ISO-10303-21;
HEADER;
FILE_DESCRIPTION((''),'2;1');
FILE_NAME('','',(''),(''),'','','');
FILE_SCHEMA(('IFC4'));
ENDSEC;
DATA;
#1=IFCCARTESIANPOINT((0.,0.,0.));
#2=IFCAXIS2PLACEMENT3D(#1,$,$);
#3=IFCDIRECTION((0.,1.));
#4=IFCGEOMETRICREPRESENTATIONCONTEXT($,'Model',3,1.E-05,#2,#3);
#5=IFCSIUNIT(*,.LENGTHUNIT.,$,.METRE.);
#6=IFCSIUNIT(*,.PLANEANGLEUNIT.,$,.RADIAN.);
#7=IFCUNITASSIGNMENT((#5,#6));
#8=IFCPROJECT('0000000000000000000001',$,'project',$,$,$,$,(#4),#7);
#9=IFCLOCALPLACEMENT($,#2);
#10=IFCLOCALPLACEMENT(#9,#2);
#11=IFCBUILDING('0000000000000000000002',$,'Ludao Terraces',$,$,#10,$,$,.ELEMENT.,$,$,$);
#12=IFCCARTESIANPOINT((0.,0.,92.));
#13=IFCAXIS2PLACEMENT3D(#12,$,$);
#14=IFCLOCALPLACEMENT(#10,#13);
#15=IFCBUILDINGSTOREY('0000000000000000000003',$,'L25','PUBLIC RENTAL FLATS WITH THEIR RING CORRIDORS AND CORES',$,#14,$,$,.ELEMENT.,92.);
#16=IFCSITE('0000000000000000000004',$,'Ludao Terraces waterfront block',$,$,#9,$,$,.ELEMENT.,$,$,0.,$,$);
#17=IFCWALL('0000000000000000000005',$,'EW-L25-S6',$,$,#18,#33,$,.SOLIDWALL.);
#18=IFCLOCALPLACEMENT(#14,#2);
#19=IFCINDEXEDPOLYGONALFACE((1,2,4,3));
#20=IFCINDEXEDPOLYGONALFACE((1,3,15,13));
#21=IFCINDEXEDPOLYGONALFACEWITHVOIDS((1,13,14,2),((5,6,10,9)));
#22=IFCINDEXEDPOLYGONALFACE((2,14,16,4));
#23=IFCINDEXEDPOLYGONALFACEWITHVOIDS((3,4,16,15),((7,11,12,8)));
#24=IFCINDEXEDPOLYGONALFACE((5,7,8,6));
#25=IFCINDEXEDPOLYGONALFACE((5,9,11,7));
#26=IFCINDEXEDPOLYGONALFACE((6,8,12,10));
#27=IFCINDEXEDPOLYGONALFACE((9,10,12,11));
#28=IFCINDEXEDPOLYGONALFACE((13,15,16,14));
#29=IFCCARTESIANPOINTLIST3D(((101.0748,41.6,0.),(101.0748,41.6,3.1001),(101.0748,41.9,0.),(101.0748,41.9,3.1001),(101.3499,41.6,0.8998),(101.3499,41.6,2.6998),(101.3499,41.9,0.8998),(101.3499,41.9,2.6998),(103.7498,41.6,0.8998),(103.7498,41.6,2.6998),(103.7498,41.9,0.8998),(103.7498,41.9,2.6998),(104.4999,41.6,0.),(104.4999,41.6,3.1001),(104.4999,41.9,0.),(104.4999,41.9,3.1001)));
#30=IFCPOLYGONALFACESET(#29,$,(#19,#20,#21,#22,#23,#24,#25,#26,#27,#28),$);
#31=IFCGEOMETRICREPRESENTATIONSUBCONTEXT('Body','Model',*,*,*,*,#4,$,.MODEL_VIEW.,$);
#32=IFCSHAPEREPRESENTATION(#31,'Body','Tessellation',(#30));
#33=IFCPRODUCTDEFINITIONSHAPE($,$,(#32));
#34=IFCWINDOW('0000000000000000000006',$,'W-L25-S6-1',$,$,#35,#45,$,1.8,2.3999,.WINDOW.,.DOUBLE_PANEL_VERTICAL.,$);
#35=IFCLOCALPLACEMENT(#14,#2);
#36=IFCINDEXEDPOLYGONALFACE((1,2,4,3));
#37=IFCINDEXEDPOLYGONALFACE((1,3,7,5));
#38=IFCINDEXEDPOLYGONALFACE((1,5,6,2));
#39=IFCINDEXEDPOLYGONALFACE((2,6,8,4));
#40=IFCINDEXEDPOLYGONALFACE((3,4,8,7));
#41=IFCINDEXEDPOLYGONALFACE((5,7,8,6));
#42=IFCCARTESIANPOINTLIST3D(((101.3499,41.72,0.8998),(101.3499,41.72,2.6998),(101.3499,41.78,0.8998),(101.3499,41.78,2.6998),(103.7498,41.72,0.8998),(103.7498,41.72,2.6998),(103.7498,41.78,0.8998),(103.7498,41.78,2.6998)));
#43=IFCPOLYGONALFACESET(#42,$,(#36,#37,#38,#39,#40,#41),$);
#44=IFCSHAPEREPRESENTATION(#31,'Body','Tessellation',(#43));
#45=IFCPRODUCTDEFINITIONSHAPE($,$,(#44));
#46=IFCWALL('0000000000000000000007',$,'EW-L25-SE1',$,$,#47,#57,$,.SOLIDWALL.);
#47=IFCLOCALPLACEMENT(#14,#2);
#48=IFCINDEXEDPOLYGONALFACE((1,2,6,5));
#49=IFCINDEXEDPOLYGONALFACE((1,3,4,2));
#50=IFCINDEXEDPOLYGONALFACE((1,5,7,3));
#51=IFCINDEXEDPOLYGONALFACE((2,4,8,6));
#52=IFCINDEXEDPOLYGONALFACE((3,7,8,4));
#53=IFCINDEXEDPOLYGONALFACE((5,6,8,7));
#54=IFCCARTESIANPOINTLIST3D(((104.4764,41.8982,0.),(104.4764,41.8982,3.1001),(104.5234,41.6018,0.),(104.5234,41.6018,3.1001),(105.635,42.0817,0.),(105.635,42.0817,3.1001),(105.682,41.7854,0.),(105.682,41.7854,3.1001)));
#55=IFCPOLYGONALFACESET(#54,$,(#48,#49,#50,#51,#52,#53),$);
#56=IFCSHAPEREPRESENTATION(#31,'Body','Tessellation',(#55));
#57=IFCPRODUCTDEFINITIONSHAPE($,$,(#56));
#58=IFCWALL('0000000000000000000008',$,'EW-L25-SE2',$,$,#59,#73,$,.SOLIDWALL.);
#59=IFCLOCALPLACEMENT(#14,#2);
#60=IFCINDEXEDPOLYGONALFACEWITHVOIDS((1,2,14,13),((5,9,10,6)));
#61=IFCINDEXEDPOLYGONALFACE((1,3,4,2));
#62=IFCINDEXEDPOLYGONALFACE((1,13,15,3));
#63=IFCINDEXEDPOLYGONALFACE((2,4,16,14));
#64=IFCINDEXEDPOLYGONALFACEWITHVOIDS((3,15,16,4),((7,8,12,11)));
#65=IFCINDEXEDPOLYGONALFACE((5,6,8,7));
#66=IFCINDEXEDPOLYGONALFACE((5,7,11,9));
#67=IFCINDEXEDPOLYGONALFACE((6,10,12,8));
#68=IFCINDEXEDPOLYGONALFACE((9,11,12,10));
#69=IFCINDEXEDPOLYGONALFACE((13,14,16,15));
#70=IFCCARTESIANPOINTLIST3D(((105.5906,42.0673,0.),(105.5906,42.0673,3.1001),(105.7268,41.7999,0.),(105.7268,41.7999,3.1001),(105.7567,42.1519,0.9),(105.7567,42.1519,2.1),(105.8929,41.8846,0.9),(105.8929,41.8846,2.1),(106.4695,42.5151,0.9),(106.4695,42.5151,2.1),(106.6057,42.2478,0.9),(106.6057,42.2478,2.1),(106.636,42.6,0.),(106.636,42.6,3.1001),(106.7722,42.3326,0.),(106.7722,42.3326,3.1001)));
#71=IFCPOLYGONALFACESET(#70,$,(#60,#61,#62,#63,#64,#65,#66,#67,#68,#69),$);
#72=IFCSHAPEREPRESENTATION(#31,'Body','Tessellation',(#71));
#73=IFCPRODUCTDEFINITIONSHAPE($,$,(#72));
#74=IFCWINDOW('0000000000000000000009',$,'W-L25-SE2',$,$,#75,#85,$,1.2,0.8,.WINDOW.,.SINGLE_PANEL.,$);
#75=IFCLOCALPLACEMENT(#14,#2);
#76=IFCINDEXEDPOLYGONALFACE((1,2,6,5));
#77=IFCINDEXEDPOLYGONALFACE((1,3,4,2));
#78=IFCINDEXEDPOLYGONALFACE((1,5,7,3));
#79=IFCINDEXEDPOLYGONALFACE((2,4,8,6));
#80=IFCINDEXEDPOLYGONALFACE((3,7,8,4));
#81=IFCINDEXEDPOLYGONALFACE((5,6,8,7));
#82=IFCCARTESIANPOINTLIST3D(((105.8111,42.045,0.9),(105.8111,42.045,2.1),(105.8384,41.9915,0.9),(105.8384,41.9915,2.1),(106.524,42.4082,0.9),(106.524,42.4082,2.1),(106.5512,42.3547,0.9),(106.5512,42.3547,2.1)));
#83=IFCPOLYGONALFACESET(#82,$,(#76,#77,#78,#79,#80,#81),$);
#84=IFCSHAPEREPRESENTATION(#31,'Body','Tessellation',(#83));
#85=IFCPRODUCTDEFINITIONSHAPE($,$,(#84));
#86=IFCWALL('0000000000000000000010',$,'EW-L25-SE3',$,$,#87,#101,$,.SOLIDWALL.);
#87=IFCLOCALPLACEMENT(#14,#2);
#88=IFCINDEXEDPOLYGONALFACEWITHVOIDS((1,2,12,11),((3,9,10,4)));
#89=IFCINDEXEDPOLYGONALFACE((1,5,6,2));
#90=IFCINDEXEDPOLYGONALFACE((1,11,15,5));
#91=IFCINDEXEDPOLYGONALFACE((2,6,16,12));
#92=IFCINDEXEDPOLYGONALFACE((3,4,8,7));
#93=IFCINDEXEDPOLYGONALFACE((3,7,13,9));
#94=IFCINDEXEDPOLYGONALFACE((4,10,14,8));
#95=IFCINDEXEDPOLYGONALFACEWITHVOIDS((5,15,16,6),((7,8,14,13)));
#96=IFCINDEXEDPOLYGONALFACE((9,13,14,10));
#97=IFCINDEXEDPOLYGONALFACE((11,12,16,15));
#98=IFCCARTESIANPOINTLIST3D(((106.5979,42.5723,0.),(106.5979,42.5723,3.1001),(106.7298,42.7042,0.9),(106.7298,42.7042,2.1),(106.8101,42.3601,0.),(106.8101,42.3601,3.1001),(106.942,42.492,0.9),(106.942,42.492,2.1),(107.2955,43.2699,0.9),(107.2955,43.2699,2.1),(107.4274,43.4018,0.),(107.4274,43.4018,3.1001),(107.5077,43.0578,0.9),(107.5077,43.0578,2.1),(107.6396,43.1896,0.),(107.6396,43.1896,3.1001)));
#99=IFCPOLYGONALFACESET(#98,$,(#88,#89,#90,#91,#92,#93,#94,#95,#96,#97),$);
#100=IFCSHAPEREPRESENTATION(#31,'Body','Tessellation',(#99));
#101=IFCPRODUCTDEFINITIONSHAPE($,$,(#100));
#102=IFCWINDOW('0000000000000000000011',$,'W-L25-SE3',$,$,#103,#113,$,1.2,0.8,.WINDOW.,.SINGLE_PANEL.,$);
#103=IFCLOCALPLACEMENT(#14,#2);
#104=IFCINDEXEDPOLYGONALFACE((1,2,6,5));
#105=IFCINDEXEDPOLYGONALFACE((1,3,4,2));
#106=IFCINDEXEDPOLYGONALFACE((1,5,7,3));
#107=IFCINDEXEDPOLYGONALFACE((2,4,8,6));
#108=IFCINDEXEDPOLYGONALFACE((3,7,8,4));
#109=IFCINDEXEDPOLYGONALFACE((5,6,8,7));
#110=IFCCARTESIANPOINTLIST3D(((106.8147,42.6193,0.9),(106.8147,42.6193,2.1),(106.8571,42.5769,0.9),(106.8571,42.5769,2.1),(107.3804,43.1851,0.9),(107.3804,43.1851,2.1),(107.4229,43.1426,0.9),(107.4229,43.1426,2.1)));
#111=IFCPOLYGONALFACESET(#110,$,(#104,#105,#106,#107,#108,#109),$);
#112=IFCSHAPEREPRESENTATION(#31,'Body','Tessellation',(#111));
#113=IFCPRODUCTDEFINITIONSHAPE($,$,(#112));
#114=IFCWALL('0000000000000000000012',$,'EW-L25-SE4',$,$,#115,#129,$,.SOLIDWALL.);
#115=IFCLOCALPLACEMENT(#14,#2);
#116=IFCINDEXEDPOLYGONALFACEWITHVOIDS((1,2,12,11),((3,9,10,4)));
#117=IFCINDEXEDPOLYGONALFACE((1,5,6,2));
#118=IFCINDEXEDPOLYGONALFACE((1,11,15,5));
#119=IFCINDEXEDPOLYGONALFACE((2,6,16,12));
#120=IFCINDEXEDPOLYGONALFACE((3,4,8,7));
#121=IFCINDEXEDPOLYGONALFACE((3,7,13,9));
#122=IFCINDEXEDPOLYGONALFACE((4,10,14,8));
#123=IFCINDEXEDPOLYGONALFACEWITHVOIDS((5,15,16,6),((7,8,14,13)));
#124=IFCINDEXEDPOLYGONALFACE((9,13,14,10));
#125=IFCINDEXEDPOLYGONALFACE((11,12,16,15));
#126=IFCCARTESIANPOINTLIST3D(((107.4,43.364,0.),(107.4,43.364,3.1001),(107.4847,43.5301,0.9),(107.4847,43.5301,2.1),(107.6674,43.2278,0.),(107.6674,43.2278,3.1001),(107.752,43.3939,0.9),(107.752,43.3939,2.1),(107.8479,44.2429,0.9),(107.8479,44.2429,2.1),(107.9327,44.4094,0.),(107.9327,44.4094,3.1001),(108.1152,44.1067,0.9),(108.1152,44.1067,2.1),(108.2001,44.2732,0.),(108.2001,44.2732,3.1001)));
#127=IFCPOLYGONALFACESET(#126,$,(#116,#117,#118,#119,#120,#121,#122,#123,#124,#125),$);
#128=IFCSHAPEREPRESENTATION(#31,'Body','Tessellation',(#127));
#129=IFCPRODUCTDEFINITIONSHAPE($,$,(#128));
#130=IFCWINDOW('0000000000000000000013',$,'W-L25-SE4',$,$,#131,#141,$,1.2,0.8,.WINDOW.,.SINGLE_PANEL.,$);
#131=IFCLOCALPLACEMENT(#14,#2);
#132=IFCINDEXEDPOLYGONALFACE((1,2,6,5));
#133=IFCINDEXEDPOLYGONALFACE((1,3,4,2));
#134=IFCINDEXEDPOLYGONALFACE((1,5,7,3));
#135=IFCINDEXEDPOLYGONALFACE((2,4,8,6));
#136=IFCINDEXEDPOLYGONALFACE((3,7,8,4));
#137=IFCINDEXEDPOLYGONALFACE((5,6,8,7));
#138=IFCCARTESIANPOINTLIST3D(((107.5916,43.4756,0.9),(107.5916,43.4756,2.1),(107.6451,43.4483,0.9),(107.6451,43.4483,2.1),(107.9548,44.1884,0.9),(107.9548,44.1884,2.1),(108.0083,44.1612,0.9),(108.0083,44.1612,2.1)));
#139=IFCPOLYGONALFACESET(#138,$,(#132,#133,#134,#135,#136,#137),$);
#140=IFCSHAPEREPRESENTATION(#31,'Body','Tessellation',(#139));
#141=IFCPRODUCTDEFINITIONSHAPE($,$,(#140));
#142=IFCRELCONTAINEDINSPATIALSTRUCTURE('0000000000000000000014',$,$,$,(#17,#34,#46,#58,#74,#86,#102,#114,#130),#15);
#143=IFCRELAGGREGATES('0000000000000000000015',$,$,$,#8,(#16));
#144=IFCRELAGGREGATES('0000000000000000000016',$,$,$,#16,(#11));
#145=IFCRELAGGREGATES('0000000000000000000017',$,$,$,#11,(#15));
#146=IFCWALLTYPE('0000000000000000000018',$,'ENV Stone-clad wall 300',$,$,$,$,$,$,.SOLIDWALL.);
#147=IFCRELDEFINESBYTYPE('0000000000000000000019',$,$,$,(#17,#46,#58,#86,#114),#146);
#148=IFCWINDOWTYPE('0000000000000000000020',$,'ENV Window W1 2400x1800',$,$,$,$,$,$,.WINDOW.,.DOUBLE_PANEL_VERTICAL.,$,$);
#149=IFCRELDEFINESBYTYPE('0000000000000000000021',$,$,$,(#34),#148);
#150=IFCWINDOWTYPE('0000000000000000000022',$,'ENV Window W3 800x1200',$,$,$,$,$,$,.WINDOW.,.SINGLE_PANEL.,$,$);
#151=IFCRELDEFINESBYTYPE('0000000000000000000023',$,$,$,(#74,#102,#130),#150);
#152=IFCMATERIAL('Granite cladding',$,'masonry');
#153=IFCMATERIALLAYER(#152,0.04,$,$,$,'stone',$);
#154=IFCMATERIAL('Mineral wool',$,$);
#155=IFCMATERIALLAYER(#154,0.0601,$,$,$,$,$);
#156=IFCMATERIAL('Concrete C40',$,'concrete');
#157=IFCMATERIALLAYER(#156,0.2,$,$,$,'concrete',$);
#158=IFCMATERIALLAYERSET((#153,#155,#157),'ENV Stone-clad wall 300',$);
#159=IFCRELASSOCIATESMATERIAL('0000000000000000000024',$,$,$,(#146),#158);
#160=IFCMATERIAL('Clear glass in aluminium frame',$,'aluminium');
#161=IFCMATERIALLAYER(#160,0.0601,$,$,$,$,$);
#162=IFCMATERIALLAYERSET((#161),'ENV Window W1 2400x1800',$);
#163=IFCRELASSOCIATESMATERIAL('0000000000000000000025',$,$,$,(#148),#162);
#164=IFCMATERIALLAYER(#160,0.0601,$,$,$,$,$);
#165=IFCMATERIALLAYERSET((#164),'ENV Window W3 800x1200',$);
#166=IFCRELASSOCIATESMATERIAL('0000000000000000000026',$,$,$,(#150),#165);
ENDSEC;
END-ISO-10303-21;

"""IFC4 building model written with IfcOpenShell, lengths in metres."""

from ifc_helpers import new_model, si_unit, direction, frame, frame_2d, origin, place, context, subcontext, project, spatial, rectangle, extrude, material, layer, layer_set, type_object, element, fill, save


model = new_model("IFC4")

# Units and contexts
model_context = context("Model", 3, precision=1e-05, world=origin(), true_north=direction((0.0, 1.0)))
body_context = subcontext(model_context, "Body", "Model", "MODEL_VIEW")
ifc_project = project(units=[si_unit("LENGTHUNIT", "METRE"), si_unit("PLANEANGLEUNIT", "RADIAN")], contexts=[model_context])

# Site, building, storey
site_placement = place(None, origin())
site = spatial("IfcSite", under=ifc_project, at=site_placement, Name="Ludao Terraces waterfront block", CompositionType="ELEMENT", RefElevation=0.0)
building_placement = place(site_placement, origin())
building = spatial("IfcBuilding", under=site, at=building_placement, Name="Ludao Terraces", CompositionType="ELEMENT")
storey_placement = place(building_placement, frame((0.0, 0.0, 92.0)))
storey = spatial("IfcBuildingStorey", under=building, at=storey_placement, Name="L25", Description="PUBLIC RENTAL FLATS WITH THEIR RING CORRIDORS AND CORES", CompositionType="ELEMENT", Elevation=92.0)

# Wall, opening, window
ifc_material_1 = material(Name="Granite cladding", Category="masonry")
ifc_layer_1 = layer(ifc_material_1, 0.04, Category="stone")
ifc_material_2 = material(Name="Mineral wool")
ifc_layer_2 = layer(ifc_material_2, 0.0601)
ifc_material_3 = material(Name="Concrete C40", Category="concrete")
ifc_layer_3 = layer(ifc_material_3, 0.2, Category="concrete")
ifc_layer_set_1 = layer_set([ifc_layer_1, ifc_layer_2, ifc_layer_3], Name="ENV Stone-clad wall 300")
wall_type_1 = type_object("IfcWallType", Name="ENV Stone-clad wall 300", PredefinedType="SOLIDWALL", material=ifc_layer_set_1)
wall_1_placement = place(storey_placement, frame((101.075, 41.75, 0.0), z_axis=(0.0, 0.0, 1.0), x_axis=(1.0, 0.0, 0.0)))
wall_1 = element("IfcWall", 1, at=wall_1_placement, inside=storey, type_object=wall_type_1, Name="EW-L25-S6", PredefinedType="SOLIDWALL", context=body_context, shape_type="SweptSolid", body=[
    extrude(rectangle(XDim=3.425, YDim=0.3, at=frame_2d((1.7124, 0.0))), origin(), (0.0, 0.0, 1.0), 3.1001),
])
opening_1_placement = place(wall_1_placement, frame((0.2749, 0.0, 0.8999)))
opening_1 = element("IfcOpeningElement", 2, at=opening_1_placement, cuts=wall_1, PredefinedType="OPENING", context=body_context, shape_type="SweptSolid", body=[
    extrude(rectangle(XDim=2.3999, YDim=1.8, at=frame_2d((1.2, 0.8999))), frame((0.0, 0.1602, 0.0), z_axis=(0.0, -1.0, 0.0), x_axis=(1.0, 0.0, 0.0)), (0.0, 0.0, 1.0), 0.3201),
])
ifc_material_4 = material(Name="Clear glass in aluminium frame", Category="aluminium")
ifc_layer_4 = layer(ifc_material_4, 0.0601)
ifc_layer_set_2 = layer_set([ifc_layer_4], Name="ENV Window W1 2400x1800")
window_type_1 = type_object("IfcWindowType", Name="ENV Window W1 2400x1800", PartitioningType="DOUBLE_PANEL_VERTICAL", PredefinedType="WINDOW", material=ifc_layer_set_2)
window_1_placement = place(opening_1_placement, origin())
window_1 = element("IfcWindow", 3, at=window_1_placement, inside=storey, type_object=window_type_1, Name="W-L25-S6-1", OverallHeight=1.8, OverallWidth=2.3999, PartitioningType="DOUBLE_PANEL_VERTICAL", PredefinedType="WINDOW", context=body_context, shape_type="SweptSolid", body=[
    extrude(rectangle(XDim=2.3999, YDim=1.8, at=frame_2d((1.2, 0.8999))), frame((0.0, 0.03, 0.0), z_axis=(0.0, -1.0, 0.0), x_axis=(1.0, 0.0, 0.0)), (0.0, 0.0, 1.0), 0.0601),
])
fill(opening_1, window_1)

# Wall
wall_2_placement = place(storey_placement, frame((104.5, 41.75, 0.0), z_axis=(0.0, 0.0, 1.0), x_axis=(0.987678, 0.156497, 0.0)))
element("IfcWall", 4, at=wall_2_placement, inside=storey, type_object=wall_type_1, Name="EW-L25-SE1", PredefinedType="SOLIDWALL", context=body_context, shape_type="SweptSolid", body=[
    extrude(rectangle(XDim=1.1731, YDim=0.3, at=frame_2d((0.5864, 0.0))), origin(), (0.0, 0.0, 1.0), 3.1001),
])

# Walls, openings, windows
wall_3_placement = place(storey_placement, frame((105.6587, 41.9336, 0.0), z_axis=(0.0, 0.0, 1.0), x_axis=(0.890989, 0.454026, 0.0)))
wall_3 = element("IfcWall", 5, at=wall_3_placement, inside=storey, type_object=wall_type_1, Name="EW-L25-SE2", PredefinedType="SOLIDWALL", context=body_context, shape_type="SweptSolid", body=[
    extrude(rectangle(XDim=1.1733, YDim=0.3, at=frame_2d((0.5867, 0.0))), origin(), (0.0, 0.0, 1.0), 3.1001),
])
opening_2_placement = place(wall_3_placement, frame((0.1865, 0.0, 0.8999)))
opening_2 = element("IfcOpeningElement", 6, at=opening_2_placement, cuts=wall_3, PredefinedType="OPENING", context=body_context, shape_type="SweptSolid", body=[
    extrude(rectangle(XDim=0.8, YDim=1.2, at=frame_2d((0.3999, 0.6001))), frame((0.0, 0.1602, 0.0), z_axis=(0.0, -1.0, 0.0), x_axis=(1.0, 0.0, 0.0)), (0.0, 0.0, 1.0), 0.3201),
])
ifc_layer_5 = layer(ifc_material_4, 0.0601)
ifc_layer_set_3 = layer_set([ifc_layer_5], Name="ENV Window W3 800x1200")
window_type_2 = type_object("IfcWindowType", Name="ENV Window W3 800x1200", PartitioningType="SINGLE_PANEL", PredefinedType="WINDOW", material=ifc_layer_set_3)
window_2_placement = place(opening_2_placement, origin())
window_2 = element("IfcWindow", 7, at=window_2_placement, inside=storey, type_object=window_type_2, Name="W-L25-SE2", OverallHeight=1.2, OverallWidth=0.8, PartitioningType="SINGLE_PANEL", PredefinedType="WINDOW", context=body_context, shape_type="SweptSolid", body=[
    extrude(rectangle(XDim=0.8, YDim=1.2, at=frame_2d((0.3999, 0.6001))), frame((0.0, 0.03, 0.0), z_axis=(0.0, -1.0, 0.0), x_axis=(1.0, 0.0, 0.0)), (0.0, 0.0, 1.0), 0.0601),
])
fill(opening_2, window_2)
wall_4_placement = place(storey_placement, frame((106.7041, 42.4663, 0.0), z_axis=(0.0, 0.0, 1.0), x_axis=(0.707107, 0.707107, 0.0)))
wall_4 = element("IfcWall", 8, at=wall_4_placement, inside=storey, type_object=wall_type_1, Name="EW-L25-SE3", PredefinedType="SOLIDWALL", context=body_context, shape_type="SweptSolid", body=[
    extrude(rectangle(XDim=1.1731, YDim=0.3, at=frame_2d((0.5864, 0.0))), origin(), (0.0, 0.0, 1.0), 3.1001),
])
opening_3_placement = place(wall_4_placement, frame((0.1865, 0.0, 0.8999)))
opening_3 = element("IfcOpeningElement", 9, at=opening_3_placement, cuts=wall_4, PredefinedType="OPENING", context=body_context, shape_type="SweptSolid", body=[
    extrude(rectangle(XDim=0.8, YDim=1.2, at=frame_2d((0.3999, 0.6001))), frame((0.0, 0.1602, 0.0), z_axis=(0.0, -1.0, 0.0), x_axis=(1.0, 0.0, 0.0)), (0.0, 0.0, 1.0), 0.3201),
])
window_3_placement = place(opening_3_placement, origin())
window_3 = element("IfcWindow", 10, at=window_3_placement, inside=storey, type_object=window_type_2, Name="W-L25-SE3", OverallHeight=1.2, OverallWidth=0.8, PartitioningType="SINGLE_PANEL", PredefinedType="WINDOW", context=body_context, shape_type="SweptSolid", body=[
    extrude(rectangle(XDim=0.8, YDim=1.2, at=frame_2d((0.3999, 0.6001))), frame((0.0, 0.03, 0.0), z_axis=(0.0, -1.0, 0.0), x_axis=(1.0, 0.0, 0.0)), (0.0, 0.0, 1.0), 0.0601),
])
fill(opening_3, window_3)
wall_5_placement = place(storey_placement, frame((107.5337, 43.2959, 0.0), z_axis=(0.0, 0.0, 1.0), x_axis=(0.454026, 0.890989, 0.0)))
wall_5 = element("IfcWall", 11, at=wall_5_placement, inside=storey, type_object=wall_type_1, Name="EW-L25-SE4", PredefinedType="SOLIDWALL", context=body_context, shape_type="SweptSolid", body=[
    extrude(rectangle(XDim=1.1733, YDim=0.3, at=frame_2d((0.5867, 0.0))), origin(), (0.0, 0.0, 1.0), 3.1001),
])
opening_4_placement = place(wall_5_placement, frame((0.1865, 0.0, 0.8999)))
opening_4 = element("IfcOpeningElement", 12, at=opening_4_placement, cuts=wall_5, PredefinedType="OPENING", context=body_context, shape_type="SweptSolid", body=[
    extrude(rectangle(XDim=0.8, YDim=1.2, at=frame_2d((0.3999, 0.6001))), frame((0.0, 0.1602, 0.0), z_axis=(0.0, -1.0, 0.0), x_axis=(1.0, 0.0, 0.0)), (0.0, 0.0, 1.0), 0.3201),
])
window_4_placement = place(opening_4_placement, origin())
window_4 = element("IfcWindow", 13, at=window_4_placement, inside=storey, type_object=window_type_2, Name="W-L25-SE4", OverallHeight=1.2, OverallWidth=0.8, PartitioningType="SINGLE_PANEL", PredefinedType="WINDOW", context=body_context, shape_type="SweptSolid", body=[
    extrude(rectangle(XDim=0.8, YDim=1.2, at=frame_2d((0.3999, 0.6001))), frame((0.0, 0.03, 0.0), z_axis=(0.0, -1.0, 0.0), x_axis=(1.0, 0.0, 0.0)), (0.0, 0.0, 1.0), 0.0601),
])
fill(opening_4, window_4)

save(model, "model.ifc")
